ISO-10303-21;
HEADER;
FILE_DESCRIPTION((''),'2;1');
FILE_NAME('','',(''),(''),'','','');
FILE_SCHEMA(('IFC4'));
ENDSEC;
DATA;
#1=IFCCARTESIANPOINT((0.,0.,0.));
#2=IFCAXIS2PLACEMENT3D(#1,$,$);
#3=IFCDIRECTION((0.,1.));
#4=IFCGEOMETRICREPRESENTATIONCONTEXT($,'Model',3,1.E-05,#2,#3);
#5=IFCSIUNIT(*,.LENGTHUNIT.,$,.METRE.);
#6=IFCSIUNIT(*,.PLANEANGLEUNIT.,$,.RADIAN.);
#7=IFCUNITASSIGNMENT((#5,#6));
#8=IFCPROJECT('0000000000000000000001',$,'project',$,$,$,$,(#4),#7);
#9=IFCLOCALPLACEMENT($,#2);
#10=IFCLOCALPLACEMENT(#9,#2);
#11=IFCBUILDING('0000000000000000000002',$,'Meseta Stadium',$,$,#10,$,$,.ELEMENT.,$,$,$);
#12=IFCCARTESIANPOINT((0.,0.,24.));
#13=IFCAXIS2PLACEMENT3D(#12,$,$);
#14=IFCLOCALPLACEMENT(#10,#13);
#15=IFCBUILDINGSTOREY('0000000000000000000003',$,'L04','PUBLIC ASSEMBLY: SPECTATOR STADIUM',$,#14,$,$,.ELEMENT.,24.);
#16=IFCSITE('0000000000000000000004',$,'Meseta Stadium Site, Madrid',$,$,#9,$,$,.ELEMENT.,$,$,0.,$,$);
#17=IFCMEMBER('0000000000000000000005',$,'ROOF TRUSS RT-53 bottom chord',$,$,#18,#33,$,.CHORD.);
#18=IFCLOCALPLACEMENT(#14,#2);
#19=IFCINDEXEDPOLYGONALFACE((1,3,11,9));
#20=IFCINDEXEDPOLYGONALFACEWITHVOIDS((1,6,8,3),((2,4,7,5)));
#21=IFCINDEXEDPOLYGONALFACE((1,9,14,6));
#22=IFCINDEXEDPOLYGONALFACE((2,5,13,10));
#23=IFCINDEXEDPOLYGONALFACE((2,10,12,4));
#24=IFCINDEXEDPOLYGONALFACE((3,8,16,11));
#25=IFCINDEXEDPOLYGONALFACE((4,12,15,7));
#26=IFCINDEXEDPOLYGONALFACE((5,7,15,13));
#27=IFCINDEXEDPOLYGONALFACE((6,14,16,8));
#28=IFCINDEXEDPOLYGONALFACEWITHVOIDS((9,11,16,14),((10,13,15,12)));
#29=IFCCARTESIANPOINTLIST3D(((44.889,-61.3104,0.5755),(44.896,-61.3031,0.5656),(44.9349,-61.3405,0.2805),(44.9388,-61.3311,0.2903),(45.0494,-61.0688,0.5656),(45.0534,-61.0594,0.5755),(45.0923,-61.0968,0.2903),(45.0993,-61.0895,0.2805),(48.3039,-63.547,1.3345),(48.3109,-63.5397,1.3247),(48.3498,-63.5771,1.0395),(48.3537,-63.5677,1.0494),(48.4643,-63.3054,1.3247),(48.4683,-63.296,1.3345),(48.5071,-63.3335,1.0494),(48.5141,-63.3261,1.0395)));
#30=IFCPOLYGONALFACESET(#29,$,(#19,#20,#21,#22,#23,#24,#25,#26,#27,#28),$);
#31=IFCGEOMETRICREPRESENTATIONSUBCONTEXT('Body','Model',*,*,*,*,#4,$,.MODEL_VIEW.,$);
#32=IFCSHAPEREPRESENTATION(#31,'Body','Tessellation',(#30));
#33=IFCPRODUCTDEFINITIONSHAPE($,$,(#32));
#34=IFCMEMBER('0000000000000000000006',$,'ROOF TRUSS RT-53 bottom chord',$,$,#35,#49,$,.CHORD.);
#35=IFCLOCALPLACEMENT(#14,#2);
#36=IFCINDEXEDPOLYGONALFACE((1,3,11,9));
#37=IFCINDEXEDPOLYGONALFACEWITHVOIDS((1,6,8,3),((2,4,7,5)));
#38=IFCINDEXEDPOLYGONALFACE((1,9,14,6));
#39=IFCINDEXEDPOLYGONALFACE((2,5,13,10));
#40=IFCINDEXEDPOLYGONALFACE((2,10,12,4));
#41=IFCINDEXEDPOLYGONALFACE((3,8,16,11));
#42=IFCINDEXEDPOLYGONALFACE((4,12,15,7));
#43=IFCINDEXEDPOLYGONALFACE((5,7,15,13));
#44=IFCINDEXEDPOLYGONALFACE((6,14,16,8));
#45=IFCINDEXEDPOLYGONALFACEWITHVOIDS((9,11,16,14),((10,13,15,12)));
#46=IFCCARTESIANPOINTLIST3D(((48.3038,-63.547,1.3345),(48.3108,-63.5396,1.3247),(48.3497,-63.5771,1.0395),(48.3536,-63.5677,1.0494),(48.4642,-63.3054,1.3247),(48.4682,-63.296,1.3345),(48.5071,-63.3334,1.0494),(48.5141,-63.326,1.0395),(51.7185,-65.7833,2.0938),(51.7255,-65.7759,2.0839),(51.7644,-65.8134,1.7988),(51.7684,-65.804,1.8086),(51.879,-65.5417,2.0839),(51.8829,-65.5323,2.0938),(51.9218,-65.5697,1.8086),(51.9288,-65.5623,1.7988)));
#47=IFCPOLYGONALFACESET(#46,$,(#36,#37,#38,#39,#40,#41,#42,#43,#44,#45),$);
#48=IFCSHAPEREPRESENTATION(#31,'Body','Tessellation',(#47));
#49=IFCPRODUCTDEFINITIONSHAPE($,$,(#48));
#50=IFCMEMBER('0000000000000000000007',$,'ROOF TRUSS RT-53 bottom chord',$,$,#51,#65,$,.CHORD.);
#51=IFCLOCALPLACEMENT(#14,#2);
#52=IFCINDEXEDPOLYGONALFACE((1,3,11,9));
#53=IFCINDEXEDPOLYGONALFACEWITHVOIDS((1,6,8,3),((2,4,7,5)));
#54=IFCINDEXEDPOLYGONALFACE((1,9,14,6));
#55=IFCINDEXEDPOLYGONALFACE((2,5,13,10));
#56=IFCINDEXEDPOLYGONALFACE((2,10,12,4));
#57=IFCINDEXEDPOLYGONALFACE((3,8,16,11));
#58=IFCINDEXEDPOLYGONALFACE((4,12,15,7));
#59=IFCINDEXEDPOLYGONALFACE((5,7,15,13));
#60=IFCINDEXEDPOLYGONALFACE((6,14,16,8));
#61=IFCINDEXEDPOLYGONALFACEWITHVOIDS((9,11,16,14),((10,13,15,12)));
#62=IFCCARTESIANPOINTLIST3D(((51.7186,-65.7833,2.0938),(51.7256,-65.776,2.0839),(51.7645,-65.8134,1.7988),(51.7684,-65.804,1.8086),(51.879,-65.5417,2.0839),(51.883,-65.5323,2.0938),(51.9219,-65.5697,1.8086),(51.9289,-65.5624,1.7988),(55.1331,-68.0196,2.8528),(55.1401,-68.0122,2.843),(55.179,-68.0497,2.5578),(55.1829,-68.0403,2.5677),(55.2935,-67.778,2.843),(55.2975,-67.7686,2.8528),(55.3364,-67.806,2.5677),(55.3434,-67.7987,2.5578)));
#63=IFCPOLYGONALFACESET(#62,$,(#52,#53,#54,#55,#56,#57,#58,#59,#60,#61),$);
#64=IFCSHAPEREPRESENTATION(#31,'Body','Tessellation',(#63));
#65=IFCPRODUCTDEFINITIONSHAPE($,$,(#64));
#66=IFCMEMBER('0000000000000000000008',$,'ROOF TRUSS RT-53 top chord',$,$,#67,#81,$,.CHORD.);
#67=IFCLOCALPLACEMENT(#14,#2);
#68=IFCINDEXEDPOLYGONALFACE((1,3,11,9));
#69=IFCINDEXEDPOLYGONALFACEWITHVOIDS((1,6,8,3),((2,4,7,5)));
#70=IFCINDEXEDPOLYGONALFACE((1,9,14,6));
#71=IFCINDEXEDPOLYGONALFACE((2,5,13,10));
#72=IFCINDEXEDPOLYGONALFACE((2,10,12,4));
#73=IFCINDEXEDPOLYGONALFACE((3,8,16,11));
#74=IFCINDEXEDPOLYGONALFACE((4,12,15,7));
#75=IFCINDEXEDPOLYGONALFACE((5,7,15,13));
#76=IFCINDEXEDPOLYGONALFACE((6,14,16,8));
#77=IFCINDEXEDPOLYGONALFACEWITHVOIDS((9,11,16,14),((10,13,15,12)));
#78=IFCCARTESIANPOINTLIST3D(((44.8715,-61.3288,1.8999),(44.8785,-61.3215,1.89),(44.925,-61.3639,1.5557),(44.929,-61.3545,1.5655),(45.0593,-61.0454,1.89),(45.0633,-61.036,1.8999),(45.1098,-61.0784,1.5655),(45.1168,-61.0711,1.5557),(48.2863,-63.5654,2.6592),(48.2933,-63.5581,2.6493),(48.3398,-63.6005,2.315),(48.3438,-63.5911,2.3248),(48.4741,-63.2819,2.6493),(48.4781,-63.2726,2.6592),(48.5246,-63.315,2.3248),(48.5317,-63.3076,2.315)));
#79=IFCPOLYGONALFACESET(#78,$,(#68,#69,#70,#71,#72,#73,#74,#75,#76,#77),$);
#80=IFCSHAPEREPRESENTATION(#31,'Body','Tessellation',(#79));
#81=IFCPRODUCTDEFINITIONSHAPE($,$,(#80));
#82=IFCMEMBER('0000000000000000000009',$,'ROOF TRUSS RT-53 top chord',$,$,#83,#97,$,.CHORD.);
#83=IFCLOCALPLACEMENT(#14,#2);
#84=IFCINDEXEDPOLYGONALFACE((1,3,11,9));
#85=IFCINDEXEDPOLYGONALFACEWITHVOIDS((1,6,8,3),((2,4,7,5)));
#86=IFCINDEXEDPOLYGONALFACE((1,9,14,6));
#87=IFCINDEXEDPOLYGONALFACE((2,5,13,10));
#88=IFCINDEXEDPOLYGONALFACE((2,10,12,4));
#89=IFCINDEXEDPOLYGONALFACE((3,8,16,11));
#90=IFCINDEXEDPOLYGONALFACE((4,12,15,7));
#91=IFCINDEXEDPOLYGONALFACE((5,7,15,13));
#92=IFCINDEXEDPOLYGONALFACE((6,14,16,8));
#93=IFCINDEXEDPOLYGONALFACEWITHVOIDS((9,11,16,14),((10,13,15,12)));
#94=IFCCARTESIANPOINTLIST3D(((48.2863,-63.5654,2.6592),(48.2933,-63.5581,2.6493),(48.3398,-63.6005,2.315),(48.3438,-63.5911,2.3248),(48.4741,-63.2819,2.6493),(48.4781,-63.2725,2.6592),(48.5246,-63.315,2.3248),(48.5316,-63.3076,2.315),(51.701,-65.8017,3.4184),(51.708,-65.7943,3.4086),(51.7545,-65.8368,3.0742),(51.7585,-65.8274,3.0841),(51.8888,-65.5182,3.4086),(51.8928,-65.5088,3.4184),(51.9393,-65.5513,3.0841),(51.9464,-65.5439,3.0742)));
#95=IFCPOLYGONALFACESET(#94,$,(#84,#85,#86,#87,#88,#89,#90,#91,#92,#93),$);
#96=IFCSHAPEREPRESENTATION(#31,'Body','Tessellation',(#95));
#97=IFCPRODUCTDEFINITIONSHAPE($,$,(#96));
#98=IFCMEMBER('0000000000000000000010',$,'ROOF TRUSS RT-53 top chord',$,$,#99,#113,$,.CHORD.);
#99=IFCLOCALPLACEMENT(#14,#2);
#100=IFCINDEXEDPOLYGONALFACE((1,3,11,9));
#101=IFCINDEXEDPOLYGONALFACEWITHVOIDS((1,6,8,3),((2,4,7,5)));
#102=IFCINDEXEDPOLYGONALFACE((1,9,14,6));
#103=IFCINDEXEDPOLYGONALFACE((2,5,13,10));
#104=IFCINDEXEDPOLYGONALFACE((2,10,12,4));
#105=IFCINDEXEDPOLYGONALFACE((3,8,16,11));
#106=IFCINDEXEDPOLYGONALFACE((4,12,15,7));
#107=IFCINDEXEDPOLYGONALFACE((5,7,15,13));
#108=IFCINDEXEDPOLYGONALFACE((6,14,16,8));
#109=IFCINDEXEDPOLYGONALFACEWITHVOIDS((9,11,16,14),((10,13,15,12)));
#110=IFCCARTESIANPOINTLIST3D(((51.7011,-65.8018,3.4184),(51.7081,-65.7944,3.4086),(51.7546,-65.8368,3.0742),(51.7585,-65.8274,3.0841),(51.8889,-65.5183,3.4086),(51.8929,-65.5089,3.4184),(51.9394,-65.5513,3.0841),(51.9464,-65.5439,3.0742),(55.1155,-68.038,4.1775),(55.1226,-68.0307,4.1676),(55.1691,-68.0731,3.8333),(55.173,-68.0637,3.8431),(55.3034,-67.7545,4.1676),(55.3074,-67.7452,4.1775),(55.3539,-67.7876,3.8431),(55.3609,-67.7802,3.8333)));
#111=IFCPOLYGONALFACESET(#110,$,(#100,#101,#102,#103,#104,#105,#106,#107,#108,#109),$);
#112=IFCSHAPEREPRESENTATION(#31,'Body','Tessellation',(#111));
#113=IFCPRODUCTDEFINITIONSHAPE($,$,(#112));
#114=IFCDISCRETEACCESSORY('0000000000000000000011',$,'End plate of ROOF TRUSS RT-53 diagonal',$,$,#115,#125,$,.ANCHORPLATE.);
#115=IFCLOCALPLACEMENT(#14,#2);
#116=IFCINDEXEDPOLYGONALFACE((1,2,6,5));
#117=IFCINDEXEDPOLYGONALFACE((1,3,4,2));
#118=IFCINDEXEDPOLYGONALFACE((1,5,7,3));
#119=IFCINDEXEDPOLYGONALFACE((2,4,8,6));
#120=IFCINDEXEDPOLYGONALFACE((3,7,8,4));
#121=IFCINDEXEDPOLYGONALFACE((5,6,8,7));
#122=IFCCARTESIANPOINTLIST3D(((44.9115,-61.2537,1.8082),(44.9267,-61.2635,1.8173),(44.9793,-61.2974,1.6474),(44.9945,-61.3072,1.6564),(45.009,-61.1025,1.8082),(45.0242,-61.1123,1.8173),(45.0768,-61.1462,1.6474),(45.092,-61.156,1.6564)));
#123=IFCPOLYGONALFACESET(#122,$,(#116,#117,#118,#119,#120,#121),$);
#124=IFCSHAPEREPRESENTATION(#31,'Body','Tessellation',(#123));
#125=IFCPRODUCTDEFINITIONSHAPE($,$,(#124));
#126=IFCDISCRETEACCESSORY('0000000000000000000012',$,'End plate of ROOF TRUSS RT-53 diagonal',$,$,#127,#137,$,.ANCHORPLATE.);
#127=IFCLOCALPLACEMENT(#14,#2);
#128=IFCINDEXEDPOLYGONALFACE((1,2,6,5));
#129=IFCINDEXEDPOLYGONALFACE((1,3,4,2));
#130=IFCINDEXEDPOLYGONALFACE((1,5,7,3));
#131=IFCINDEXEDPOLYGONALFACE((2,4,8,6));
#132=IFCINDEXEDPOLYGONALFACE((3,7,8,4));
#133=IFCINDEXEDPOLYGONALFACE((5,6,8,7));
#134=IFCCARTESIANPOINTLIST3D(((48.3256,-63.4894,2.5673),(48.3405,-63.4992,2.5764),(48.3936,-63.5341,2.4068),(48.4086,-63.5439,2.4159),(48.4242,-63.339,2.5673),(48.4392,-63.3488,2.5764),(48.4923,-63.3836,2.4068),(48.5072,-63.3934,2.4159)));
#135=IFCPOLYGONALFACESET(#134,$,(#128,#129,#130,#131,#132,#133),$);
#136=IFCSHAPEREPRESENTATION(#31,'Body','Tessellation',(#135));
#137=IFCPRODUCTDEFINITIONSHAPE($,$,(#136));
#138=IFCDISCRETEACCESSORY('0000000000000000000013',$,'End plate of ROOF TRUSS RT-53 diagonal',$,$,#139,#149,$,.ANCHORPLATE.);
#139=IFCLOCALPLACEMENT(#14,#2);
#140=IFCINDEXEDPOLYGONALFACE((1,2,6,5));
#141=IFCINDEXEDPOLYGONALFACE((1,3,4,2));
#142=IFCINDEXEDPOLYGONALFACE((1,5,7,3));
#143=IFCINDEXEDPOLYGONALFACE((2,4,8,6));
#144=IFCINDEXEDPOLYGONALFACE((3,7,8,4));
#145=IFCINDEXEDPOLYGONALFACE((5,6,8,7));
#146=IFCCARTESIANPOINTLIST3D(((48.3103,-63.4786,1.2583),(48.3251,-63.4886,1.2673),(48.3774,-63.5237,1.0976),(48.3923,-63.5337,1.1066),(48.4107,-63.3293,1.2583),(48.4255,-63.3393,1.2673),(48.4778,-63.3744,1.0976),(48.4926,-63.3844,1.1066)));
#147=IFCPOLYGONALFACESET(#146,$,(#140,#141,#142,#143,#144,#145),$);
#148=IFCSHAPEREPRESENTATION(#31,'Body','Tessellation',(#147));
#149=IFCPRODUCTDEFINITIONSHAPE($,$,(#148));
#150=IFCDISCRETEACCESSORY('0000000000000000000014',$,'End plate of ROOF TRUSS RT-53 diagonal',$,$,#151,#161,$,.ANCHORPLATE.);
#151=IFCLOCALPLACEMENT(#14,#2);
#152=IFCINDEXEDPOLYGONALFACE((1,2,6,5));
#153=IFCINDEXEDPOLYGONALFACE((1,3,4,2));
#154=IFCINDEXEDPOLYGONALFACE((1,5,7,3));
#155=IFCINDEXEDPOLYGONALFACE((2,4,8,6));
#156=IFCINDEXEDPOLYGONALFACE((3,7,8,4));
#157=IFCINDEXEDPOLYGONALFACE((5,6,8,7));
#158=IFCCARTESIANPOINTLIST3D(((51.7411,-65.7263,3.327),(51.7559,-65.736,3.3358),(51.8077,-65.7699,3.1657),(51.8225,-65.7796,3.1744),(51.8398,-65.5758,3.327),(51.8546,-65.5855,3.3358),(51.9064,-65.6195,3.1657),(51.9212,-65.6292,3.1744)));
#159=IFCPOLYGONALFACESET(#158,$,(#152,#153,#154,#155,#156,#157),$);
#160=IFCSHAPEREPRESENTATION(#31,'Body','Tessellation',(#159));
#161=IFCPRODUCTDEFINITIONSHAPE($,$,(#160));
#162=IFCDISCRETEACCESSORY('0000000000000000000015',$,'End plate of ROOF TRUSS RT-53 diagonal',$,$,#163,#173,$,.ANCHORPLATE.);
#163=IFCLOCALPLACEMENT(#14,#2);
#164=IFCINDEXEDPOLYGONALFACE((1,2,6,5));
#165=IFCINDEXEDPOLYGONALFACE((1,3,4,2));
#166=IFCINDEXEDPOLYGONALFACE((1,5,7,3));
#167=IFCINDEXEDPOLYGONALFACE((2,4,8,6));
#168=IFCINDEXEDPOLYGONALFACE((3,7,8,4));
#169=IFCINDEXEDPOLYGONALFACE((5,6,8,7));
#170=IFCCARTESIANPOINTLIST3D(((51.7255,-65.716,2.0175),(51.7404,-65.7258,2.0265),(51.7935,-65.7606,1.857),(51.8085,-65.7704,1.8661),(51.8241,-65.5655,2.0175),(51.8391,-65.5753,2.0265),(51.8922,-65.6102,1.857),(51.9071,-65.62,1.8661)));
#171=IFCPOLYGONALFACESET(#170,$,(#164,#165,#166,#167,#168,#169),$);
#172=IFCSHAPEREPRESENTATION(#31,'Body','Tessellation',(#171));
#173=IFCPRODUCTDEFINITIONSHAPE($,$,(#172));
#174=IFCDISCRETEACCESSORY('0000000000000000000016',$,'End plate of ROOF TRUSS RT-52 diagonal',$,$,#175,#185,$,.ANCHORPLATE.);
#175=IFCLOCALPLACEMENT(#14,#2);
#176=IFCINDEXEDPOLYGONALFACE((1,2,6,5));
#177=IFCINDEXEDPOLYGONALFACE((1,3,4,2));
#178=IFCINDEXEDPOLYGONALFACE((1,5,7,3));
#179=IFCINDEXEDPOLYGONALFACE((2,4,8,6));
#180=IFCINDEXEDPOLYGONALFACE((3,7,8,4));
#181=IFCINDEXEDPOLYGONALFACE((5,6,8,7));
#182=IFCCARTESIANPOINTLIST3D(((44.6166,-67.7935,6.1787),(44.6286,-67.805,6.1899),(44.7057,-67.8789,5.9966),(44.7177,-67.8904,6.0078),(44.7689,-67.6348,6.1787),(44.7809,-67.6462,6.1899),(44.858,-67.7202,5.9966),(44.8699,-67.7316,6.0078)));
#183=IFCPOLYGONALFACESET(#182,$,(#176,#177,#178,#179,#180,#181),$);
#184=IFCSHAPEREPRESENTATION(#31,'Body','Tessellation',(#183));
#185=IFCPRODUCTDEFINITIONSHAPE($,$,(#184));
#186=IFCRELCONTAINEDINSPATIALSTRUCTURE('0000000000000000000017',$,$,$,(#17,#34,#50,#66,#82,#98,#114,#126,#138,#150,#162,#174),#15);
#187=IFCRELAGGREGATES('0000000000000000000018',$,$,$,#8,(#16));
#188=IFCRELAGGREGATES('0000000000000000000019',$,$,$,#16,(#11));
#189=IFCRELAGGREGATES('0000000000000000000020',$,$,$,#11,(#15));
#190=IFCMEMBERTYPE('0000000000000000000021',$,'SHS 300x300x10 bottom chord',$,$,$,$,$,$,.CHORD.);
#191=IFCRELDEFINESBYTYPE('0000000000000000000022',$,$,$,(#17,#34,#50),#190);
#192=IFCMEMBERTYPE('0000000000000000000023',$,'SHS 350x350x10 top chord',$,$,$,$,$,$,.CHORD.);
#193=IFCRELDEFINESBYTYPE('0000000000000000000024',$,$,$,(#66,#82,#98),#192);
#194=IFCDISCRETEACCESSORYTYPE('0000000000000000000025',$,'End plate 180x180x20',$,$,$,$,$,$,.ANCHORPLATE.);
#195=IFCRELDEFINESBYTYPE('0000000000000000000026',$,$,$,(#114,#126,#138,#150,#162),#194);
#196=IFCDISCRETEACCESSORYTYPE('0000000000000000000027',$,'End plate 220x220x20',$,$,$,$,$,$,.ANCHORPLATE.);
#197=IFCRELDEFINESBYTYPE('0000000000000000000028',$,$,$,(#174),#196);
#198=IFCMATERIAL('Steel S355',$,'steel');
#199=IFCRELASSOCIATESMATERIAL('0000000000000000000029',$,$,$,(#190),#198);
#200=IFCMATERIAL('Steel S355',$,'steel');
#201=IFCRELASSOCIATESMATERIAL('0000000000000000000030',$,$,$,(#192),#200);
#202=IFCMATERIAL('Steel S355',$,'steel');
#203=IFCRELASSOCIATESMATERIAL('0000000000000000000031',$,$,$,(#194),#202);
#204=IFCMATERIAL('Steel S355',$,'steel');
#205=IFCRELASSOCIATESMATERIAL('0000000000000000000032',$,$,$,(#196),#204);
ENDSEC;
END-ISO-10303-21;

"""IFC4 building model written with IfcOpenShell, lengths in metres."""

from ifc_helpers import new_model, si_unit, direction, frame, origin, origin_2d, place, context, subcontext, project, spatial, rectangle, hollow_rectangle, extrude, material, material_profile, profile_set, type_object, element, save


model = new_model("IFC4")

# Units and contexts
model_context = context("Model", 3, precision=1e-05, world=origin(), true_north=direction((0.0, 1.0)))
body_context = subcontext(model_context, "Body", "Model", "MODEL_VIEW")
ifc_project = project(units=[si_unit("LENGTHUNIT", "METRE"), si_unit("PLANEANGLEUNIT", "RADIAN")], contexts=[model_context])

# Site, building, storey
site_placement = place(None, origin())
site = spatial("IfcSite", under=ifc_project, at=site_placement, Name="Meseta Stadium Site, Madrid", CompositionType="ELEMENT", RefElevation=0.0)
building_placement = place(site_placement, origin())
building = spatial("IfcBuilding", under=site, at=building_placement, Name="Meseta Stadium", CompositionType="ELEMENT")
storey_placement = place(building_placement, frame((0.0, 0.0, 24.0)))
storey = spatial("IfcBuildingStorey", under=building, at=storey_placement, Name="L04", Description="PUBLIC ASSEMBLY: SPECTATOR STADIUM", CompositionType="ELEMENT", Elevation=24.0)

# Members
ifc_material_1 = material(Name="Steel S355", Category="steel")
ifc_material_profile_1 = material_profile(ifc_material_1, hollow_rectangle(XDim=0.3, YDim=0.3, WallThickness=0.01, at=origin_2d()), Name="SHS 300x300x10")
ifc_profile_set_1 = profile_set([ifc_material_profile_1], Name="Steel S355")
member_type_1 = type_object("IfcMemberType", Name="SHS 300x300x10 bottom chord", PredefinedType="CHORD", material=ifc_profile_set_1)
member_1_placement = place(storey_placement, frame((44.9941, -61.2, 0.428), z_axis=(0.822443, -0.538672, 0.182811), x_axis=(0.547905, 0.836541, 0.0)))
element("IfcMember", 1, at=member_1_placement, inside=storey, type_object=member_type_1, Name="ROOF TRUSS RT-53 bottom chord", PredefinedType="CHORD", context=body_context, shape_type="SweptSolid", body=[
    extrude(hollow_rectangle(XDim=0.3, YDim=0.3, WallThickness=0.01, at=origin_2d()), origin(), (0.0, 0.0, 1.0), 4.1521),
])
member_2_placement = place(storey_placement, frame((48.4089, -63.4365, 1.187), z_axis=(0.82246, -0.538624, 0.182874), x_axis=(0.547863, 0.836568, 0.0)))
element("IfcMember", 2, at=member_2_placement, inside=storey, type_object=member_type_1, Name="ROOF TRUSS RT-53 bottom chord", PredefinedType="CHORD", context=body_context, shape_type="SweptSolid", body=[
    extrude(hollow_rectangle(XDim=0.3, YDim=0.3, WallThickness=0.01, at=origin_2d()), origin(), (0.0, 0.0, 1.0), 4.1519),
])
member_3_placement = place(storey_placement, frame((51.8237, -65.6729, 1.9463), z_axis=(0.82245, -0.538656, 0.182826), x_axis=(0.547891, 0.83655, 0.0)))
element("IfcMember", 3, at=member_3_placement, inside=storey, type_object=member_type_1, Name="ROOF TRUSS RT-53 bottom chord", PredefinedType="CHORD", context=body_context, shape_type="SweptSolid", body=[
    extrude(hollow_rectangle(XDim=0.3, YDim=0.3, WallThickness=0.01, at=origin_2d()), origin(), (0.0, 0.0, 1.0), 4.1516),
])
ifc_material_2 = material(Name="Steel S355", Category="steel")
ifc_material_profile_2 = material_profile(ifc_material_2, hollow_rectangle(XDim=0.3501, YDim=0.3501, WallThickness=0.01, at=origin_2d()), Name="SHS 350x350x10")
ifc_profile_set_2 = profile_set([ifc_material_profile_2], Name="Steel S355")
member_type_2 = type_object("IfcMemberType", Name="SHS 350x350x10 top chord", PredefinedType="CHORD", material=ifc_profile_set_2)
member_4_placement = place(storey_placement, frame((44.9941, -61.2, 1.7278), z_axis=(0.822434, -0.538666, 0.182868), x_axis=(0.547905, 0.836541, 0.0)))
element("IfcMember", 4, at=member_4_placement, inside=storey, type_object=member_type_2, Name="ROOF TRUSS RT-53 top chord", PredefinedType="CHORD", context=body_context, shape_type="SweptSolid", body=[
    extrude(hollow_rectangle(XDim=0.3501, YDim=0.3501, WallThickness=0.01, at=origin_2d()), origin(), (0.0, 0.0, 1.0), 4.1521),
])
member_5_placement = place(storey_placement, frame((48.4089, -63.4365, 2.4871), z_axis=(0.82246, -0.538624, 0.182874), x_axis=(0.547863, 0.836568, 0.0)))
element("IfcMember", 5, at=member_5_placement, inside=storey, type_object=member_type_2, Name="ROOF TRUSS RT-53 top chord", PredefinedType="CHORD", context=body_context, shape_type="SweptSolid", body=[
    extrude(hollow_rectangle(XDim=0.3501, YDim=0.3501, WallThickness=0.01, at=origin_2d()), origin(), (0.0, 0.0, 1.0), 4.1519),
])
member_6_placement = place(storey_placement, frame((51.8237, -65.6729, 3.2463), z_axis=(0.82245, -0.538656, 0.182826), x_axis=(0.547891, 0.83655, 0.0)))
element("IfcMember", 6, at=member_6_placement, inside=storey, type_object=member_type_2, Name="ROOF TRUSS RT-53 top chord", PredefinedType="CHORD", context=body_context, shape_type="SweptSolid", body=[
    extrude(hollow_rectangle(XDim=0.3501, YDim=0.3501, WallThickness=0.01, at=origin_2d()), origin(), (0.0, 0.0, 1.0), 4.1516),
])

# Discrete accessories
ifc_material_3 = material(Name="Steel S355", Category="steel")
ifc_material_profile_3 = material_profile(ifc_material_3, rectangle(XDim=0.1799, YDim=0.1799, at=origin_2d()), Name="PL 180x180")
ifc_profile_set_3 = profile_set([ifc_material_profile_3], Name="Steel S355")
discrete_accessory_type_1 = type_object("IfcDiscreteAccessoryType", Name="End plate 180x180x20", PredefinedType="ANCHORPLATE", material=ifc_profile_set_3)
discrete_accessory_1_placement = place(storey_placement, frame((44.9941, -61.2, 1.7278), z_axis=(0.751143, -0.484608, 0.448263), x_axis=(0.542127, 0.840297, 0.0)))
element("IfcDiscreteAccessory", 7, at=discrete_accessory_1_placement, inside=storey, type_object=discrete_accessory_type_1, Name="End plate of ROOF TRUSS RT-53 diagonal", PredefinedType="ANCHORPLATE", context=body_context, shape_type="SweptSolid", body=[
    extrude(rectangle(XDim=0.1799, YDim=0.1799, at=origin_2d()), origin(), (0.0, 0.0, 1.0), 0.0203),
])
for number, where, z_axis, x_axis, name in (
    (8, (48.4089, -63.4365, 2.4871), (0.74579, -0.489043, 0.452365), (0.548357, 0.836244, 0.0), "End plate of ROOF TRUSS RT-53 diagonal"),
    (9, (48.394, -63.4265, 1.178), (0.741316, -0.498262, 0.449651), (0.557836, 0.829951, 0.0), "End plate of ROOF TRUSS RT-53 diagonal"),
):
    element("IfcDiscreteAccessory", number, at=place(storey_placement, frame(where, z_axis=z_axis, x_axis=x_axis)), inside=storey, type_object=discrete_accessory_type_1, Name=name, PredefinedType="ANCHORPLATE", context=body_context, shape_type="SweptSolid", body=[
        extrude(rectangle(XDim=0.1799, YDim=0.1799, at=origin_2d()), origin(), (0.0, 0.0, 1.0), 0.02),
    ])
discrete_accessory_2_placement = place(storey_placement, frame((51.8237, -65.6729, 3.2463), z_axis=(0.749893, -0.491733, 0.44256), x_axis=(0.548357, 0.836244, 0.0)))
element("IfcDiscreteAccessory", 10, at=discrete_accessory_2_placement, inside=storey, type_object=discrete_accessory_type_1, Name="End plate of ROOF TRUSS RT-53 diagonal", PredefinedType="ANCHORPLATE", context=body_context, shape_type="SweptSolid", body=[
    extrude(rectangle(XDim=0.1799, YDim=0.1799, at=origin_2d()), origin(), (0.0, 0.0, 1.0), 0.0198),
])
discrete_accessory_3_placement = place(storey_placement, frame((51.8088, -65.6631, 1.9373), z_axis=(0.74579, -0.489043, 0.452365), x_axis=(0.548357, 0.836244, 0.0)))
element("IfcDiscreteAccessory", 11, at=discrete_accessory_3_placement, inside=storey, type_object=discrete_accessory_type_1, Name="End plate of ROOF TRUSS RT-53 diagonal", PredefinedType="ANCHORPLATE", context=body_context, shape_type="SweptSolid", body=[
    extrude(rectangle(XDim=0.1799, YDim=0.1799, at=origin_2d()), origin(), (0.0, 0.0, 1.0), 0.02),
])
ifc_material_4 = material(Name="Steel S355", Category="steel")
ifc_material_profile_4 = material_profile(ifc_material_4, rectangle(XDim=0.22, YDim=0.22, at=origin_2d()), Name="PL 220x220")
ifc_profile_set_4 = profile_set([ifc_material_profile_4], Name="Steel S355")
discrete_accessory_type_2 = type_object("IfcDiscreteAccessoryType", Name="End plate 220x220x20", PredefinedType="ANCHORPLATE", material=ifc_profile_set_4)
discrete_accessory_4_placement = place(storey_placement, frame((44.7373, -67.7568, 6.0876), z_axis=(0.597472, -0.573086, 0.560892), x_axis=(0.692225, 0.721682, 0.0)))
element("IfcDiscreteAccessory", 12, at=discrete_accessory_4_placement, inside=storey, type_object=discrete_accessory_type_2, Name="End plate of ROOF TRUSS RT-52 diagonal", PredefinedType="ANCHORPLATE", context=body_context, shape_type="SweptSolid", body=[
    extrude(rectangle(XDim=0.22, YDim=0.22, at=origin_2d()), origin(), (0.0, 0.0, 1.0), 0.02),
])

save(model, "model.ifc")
